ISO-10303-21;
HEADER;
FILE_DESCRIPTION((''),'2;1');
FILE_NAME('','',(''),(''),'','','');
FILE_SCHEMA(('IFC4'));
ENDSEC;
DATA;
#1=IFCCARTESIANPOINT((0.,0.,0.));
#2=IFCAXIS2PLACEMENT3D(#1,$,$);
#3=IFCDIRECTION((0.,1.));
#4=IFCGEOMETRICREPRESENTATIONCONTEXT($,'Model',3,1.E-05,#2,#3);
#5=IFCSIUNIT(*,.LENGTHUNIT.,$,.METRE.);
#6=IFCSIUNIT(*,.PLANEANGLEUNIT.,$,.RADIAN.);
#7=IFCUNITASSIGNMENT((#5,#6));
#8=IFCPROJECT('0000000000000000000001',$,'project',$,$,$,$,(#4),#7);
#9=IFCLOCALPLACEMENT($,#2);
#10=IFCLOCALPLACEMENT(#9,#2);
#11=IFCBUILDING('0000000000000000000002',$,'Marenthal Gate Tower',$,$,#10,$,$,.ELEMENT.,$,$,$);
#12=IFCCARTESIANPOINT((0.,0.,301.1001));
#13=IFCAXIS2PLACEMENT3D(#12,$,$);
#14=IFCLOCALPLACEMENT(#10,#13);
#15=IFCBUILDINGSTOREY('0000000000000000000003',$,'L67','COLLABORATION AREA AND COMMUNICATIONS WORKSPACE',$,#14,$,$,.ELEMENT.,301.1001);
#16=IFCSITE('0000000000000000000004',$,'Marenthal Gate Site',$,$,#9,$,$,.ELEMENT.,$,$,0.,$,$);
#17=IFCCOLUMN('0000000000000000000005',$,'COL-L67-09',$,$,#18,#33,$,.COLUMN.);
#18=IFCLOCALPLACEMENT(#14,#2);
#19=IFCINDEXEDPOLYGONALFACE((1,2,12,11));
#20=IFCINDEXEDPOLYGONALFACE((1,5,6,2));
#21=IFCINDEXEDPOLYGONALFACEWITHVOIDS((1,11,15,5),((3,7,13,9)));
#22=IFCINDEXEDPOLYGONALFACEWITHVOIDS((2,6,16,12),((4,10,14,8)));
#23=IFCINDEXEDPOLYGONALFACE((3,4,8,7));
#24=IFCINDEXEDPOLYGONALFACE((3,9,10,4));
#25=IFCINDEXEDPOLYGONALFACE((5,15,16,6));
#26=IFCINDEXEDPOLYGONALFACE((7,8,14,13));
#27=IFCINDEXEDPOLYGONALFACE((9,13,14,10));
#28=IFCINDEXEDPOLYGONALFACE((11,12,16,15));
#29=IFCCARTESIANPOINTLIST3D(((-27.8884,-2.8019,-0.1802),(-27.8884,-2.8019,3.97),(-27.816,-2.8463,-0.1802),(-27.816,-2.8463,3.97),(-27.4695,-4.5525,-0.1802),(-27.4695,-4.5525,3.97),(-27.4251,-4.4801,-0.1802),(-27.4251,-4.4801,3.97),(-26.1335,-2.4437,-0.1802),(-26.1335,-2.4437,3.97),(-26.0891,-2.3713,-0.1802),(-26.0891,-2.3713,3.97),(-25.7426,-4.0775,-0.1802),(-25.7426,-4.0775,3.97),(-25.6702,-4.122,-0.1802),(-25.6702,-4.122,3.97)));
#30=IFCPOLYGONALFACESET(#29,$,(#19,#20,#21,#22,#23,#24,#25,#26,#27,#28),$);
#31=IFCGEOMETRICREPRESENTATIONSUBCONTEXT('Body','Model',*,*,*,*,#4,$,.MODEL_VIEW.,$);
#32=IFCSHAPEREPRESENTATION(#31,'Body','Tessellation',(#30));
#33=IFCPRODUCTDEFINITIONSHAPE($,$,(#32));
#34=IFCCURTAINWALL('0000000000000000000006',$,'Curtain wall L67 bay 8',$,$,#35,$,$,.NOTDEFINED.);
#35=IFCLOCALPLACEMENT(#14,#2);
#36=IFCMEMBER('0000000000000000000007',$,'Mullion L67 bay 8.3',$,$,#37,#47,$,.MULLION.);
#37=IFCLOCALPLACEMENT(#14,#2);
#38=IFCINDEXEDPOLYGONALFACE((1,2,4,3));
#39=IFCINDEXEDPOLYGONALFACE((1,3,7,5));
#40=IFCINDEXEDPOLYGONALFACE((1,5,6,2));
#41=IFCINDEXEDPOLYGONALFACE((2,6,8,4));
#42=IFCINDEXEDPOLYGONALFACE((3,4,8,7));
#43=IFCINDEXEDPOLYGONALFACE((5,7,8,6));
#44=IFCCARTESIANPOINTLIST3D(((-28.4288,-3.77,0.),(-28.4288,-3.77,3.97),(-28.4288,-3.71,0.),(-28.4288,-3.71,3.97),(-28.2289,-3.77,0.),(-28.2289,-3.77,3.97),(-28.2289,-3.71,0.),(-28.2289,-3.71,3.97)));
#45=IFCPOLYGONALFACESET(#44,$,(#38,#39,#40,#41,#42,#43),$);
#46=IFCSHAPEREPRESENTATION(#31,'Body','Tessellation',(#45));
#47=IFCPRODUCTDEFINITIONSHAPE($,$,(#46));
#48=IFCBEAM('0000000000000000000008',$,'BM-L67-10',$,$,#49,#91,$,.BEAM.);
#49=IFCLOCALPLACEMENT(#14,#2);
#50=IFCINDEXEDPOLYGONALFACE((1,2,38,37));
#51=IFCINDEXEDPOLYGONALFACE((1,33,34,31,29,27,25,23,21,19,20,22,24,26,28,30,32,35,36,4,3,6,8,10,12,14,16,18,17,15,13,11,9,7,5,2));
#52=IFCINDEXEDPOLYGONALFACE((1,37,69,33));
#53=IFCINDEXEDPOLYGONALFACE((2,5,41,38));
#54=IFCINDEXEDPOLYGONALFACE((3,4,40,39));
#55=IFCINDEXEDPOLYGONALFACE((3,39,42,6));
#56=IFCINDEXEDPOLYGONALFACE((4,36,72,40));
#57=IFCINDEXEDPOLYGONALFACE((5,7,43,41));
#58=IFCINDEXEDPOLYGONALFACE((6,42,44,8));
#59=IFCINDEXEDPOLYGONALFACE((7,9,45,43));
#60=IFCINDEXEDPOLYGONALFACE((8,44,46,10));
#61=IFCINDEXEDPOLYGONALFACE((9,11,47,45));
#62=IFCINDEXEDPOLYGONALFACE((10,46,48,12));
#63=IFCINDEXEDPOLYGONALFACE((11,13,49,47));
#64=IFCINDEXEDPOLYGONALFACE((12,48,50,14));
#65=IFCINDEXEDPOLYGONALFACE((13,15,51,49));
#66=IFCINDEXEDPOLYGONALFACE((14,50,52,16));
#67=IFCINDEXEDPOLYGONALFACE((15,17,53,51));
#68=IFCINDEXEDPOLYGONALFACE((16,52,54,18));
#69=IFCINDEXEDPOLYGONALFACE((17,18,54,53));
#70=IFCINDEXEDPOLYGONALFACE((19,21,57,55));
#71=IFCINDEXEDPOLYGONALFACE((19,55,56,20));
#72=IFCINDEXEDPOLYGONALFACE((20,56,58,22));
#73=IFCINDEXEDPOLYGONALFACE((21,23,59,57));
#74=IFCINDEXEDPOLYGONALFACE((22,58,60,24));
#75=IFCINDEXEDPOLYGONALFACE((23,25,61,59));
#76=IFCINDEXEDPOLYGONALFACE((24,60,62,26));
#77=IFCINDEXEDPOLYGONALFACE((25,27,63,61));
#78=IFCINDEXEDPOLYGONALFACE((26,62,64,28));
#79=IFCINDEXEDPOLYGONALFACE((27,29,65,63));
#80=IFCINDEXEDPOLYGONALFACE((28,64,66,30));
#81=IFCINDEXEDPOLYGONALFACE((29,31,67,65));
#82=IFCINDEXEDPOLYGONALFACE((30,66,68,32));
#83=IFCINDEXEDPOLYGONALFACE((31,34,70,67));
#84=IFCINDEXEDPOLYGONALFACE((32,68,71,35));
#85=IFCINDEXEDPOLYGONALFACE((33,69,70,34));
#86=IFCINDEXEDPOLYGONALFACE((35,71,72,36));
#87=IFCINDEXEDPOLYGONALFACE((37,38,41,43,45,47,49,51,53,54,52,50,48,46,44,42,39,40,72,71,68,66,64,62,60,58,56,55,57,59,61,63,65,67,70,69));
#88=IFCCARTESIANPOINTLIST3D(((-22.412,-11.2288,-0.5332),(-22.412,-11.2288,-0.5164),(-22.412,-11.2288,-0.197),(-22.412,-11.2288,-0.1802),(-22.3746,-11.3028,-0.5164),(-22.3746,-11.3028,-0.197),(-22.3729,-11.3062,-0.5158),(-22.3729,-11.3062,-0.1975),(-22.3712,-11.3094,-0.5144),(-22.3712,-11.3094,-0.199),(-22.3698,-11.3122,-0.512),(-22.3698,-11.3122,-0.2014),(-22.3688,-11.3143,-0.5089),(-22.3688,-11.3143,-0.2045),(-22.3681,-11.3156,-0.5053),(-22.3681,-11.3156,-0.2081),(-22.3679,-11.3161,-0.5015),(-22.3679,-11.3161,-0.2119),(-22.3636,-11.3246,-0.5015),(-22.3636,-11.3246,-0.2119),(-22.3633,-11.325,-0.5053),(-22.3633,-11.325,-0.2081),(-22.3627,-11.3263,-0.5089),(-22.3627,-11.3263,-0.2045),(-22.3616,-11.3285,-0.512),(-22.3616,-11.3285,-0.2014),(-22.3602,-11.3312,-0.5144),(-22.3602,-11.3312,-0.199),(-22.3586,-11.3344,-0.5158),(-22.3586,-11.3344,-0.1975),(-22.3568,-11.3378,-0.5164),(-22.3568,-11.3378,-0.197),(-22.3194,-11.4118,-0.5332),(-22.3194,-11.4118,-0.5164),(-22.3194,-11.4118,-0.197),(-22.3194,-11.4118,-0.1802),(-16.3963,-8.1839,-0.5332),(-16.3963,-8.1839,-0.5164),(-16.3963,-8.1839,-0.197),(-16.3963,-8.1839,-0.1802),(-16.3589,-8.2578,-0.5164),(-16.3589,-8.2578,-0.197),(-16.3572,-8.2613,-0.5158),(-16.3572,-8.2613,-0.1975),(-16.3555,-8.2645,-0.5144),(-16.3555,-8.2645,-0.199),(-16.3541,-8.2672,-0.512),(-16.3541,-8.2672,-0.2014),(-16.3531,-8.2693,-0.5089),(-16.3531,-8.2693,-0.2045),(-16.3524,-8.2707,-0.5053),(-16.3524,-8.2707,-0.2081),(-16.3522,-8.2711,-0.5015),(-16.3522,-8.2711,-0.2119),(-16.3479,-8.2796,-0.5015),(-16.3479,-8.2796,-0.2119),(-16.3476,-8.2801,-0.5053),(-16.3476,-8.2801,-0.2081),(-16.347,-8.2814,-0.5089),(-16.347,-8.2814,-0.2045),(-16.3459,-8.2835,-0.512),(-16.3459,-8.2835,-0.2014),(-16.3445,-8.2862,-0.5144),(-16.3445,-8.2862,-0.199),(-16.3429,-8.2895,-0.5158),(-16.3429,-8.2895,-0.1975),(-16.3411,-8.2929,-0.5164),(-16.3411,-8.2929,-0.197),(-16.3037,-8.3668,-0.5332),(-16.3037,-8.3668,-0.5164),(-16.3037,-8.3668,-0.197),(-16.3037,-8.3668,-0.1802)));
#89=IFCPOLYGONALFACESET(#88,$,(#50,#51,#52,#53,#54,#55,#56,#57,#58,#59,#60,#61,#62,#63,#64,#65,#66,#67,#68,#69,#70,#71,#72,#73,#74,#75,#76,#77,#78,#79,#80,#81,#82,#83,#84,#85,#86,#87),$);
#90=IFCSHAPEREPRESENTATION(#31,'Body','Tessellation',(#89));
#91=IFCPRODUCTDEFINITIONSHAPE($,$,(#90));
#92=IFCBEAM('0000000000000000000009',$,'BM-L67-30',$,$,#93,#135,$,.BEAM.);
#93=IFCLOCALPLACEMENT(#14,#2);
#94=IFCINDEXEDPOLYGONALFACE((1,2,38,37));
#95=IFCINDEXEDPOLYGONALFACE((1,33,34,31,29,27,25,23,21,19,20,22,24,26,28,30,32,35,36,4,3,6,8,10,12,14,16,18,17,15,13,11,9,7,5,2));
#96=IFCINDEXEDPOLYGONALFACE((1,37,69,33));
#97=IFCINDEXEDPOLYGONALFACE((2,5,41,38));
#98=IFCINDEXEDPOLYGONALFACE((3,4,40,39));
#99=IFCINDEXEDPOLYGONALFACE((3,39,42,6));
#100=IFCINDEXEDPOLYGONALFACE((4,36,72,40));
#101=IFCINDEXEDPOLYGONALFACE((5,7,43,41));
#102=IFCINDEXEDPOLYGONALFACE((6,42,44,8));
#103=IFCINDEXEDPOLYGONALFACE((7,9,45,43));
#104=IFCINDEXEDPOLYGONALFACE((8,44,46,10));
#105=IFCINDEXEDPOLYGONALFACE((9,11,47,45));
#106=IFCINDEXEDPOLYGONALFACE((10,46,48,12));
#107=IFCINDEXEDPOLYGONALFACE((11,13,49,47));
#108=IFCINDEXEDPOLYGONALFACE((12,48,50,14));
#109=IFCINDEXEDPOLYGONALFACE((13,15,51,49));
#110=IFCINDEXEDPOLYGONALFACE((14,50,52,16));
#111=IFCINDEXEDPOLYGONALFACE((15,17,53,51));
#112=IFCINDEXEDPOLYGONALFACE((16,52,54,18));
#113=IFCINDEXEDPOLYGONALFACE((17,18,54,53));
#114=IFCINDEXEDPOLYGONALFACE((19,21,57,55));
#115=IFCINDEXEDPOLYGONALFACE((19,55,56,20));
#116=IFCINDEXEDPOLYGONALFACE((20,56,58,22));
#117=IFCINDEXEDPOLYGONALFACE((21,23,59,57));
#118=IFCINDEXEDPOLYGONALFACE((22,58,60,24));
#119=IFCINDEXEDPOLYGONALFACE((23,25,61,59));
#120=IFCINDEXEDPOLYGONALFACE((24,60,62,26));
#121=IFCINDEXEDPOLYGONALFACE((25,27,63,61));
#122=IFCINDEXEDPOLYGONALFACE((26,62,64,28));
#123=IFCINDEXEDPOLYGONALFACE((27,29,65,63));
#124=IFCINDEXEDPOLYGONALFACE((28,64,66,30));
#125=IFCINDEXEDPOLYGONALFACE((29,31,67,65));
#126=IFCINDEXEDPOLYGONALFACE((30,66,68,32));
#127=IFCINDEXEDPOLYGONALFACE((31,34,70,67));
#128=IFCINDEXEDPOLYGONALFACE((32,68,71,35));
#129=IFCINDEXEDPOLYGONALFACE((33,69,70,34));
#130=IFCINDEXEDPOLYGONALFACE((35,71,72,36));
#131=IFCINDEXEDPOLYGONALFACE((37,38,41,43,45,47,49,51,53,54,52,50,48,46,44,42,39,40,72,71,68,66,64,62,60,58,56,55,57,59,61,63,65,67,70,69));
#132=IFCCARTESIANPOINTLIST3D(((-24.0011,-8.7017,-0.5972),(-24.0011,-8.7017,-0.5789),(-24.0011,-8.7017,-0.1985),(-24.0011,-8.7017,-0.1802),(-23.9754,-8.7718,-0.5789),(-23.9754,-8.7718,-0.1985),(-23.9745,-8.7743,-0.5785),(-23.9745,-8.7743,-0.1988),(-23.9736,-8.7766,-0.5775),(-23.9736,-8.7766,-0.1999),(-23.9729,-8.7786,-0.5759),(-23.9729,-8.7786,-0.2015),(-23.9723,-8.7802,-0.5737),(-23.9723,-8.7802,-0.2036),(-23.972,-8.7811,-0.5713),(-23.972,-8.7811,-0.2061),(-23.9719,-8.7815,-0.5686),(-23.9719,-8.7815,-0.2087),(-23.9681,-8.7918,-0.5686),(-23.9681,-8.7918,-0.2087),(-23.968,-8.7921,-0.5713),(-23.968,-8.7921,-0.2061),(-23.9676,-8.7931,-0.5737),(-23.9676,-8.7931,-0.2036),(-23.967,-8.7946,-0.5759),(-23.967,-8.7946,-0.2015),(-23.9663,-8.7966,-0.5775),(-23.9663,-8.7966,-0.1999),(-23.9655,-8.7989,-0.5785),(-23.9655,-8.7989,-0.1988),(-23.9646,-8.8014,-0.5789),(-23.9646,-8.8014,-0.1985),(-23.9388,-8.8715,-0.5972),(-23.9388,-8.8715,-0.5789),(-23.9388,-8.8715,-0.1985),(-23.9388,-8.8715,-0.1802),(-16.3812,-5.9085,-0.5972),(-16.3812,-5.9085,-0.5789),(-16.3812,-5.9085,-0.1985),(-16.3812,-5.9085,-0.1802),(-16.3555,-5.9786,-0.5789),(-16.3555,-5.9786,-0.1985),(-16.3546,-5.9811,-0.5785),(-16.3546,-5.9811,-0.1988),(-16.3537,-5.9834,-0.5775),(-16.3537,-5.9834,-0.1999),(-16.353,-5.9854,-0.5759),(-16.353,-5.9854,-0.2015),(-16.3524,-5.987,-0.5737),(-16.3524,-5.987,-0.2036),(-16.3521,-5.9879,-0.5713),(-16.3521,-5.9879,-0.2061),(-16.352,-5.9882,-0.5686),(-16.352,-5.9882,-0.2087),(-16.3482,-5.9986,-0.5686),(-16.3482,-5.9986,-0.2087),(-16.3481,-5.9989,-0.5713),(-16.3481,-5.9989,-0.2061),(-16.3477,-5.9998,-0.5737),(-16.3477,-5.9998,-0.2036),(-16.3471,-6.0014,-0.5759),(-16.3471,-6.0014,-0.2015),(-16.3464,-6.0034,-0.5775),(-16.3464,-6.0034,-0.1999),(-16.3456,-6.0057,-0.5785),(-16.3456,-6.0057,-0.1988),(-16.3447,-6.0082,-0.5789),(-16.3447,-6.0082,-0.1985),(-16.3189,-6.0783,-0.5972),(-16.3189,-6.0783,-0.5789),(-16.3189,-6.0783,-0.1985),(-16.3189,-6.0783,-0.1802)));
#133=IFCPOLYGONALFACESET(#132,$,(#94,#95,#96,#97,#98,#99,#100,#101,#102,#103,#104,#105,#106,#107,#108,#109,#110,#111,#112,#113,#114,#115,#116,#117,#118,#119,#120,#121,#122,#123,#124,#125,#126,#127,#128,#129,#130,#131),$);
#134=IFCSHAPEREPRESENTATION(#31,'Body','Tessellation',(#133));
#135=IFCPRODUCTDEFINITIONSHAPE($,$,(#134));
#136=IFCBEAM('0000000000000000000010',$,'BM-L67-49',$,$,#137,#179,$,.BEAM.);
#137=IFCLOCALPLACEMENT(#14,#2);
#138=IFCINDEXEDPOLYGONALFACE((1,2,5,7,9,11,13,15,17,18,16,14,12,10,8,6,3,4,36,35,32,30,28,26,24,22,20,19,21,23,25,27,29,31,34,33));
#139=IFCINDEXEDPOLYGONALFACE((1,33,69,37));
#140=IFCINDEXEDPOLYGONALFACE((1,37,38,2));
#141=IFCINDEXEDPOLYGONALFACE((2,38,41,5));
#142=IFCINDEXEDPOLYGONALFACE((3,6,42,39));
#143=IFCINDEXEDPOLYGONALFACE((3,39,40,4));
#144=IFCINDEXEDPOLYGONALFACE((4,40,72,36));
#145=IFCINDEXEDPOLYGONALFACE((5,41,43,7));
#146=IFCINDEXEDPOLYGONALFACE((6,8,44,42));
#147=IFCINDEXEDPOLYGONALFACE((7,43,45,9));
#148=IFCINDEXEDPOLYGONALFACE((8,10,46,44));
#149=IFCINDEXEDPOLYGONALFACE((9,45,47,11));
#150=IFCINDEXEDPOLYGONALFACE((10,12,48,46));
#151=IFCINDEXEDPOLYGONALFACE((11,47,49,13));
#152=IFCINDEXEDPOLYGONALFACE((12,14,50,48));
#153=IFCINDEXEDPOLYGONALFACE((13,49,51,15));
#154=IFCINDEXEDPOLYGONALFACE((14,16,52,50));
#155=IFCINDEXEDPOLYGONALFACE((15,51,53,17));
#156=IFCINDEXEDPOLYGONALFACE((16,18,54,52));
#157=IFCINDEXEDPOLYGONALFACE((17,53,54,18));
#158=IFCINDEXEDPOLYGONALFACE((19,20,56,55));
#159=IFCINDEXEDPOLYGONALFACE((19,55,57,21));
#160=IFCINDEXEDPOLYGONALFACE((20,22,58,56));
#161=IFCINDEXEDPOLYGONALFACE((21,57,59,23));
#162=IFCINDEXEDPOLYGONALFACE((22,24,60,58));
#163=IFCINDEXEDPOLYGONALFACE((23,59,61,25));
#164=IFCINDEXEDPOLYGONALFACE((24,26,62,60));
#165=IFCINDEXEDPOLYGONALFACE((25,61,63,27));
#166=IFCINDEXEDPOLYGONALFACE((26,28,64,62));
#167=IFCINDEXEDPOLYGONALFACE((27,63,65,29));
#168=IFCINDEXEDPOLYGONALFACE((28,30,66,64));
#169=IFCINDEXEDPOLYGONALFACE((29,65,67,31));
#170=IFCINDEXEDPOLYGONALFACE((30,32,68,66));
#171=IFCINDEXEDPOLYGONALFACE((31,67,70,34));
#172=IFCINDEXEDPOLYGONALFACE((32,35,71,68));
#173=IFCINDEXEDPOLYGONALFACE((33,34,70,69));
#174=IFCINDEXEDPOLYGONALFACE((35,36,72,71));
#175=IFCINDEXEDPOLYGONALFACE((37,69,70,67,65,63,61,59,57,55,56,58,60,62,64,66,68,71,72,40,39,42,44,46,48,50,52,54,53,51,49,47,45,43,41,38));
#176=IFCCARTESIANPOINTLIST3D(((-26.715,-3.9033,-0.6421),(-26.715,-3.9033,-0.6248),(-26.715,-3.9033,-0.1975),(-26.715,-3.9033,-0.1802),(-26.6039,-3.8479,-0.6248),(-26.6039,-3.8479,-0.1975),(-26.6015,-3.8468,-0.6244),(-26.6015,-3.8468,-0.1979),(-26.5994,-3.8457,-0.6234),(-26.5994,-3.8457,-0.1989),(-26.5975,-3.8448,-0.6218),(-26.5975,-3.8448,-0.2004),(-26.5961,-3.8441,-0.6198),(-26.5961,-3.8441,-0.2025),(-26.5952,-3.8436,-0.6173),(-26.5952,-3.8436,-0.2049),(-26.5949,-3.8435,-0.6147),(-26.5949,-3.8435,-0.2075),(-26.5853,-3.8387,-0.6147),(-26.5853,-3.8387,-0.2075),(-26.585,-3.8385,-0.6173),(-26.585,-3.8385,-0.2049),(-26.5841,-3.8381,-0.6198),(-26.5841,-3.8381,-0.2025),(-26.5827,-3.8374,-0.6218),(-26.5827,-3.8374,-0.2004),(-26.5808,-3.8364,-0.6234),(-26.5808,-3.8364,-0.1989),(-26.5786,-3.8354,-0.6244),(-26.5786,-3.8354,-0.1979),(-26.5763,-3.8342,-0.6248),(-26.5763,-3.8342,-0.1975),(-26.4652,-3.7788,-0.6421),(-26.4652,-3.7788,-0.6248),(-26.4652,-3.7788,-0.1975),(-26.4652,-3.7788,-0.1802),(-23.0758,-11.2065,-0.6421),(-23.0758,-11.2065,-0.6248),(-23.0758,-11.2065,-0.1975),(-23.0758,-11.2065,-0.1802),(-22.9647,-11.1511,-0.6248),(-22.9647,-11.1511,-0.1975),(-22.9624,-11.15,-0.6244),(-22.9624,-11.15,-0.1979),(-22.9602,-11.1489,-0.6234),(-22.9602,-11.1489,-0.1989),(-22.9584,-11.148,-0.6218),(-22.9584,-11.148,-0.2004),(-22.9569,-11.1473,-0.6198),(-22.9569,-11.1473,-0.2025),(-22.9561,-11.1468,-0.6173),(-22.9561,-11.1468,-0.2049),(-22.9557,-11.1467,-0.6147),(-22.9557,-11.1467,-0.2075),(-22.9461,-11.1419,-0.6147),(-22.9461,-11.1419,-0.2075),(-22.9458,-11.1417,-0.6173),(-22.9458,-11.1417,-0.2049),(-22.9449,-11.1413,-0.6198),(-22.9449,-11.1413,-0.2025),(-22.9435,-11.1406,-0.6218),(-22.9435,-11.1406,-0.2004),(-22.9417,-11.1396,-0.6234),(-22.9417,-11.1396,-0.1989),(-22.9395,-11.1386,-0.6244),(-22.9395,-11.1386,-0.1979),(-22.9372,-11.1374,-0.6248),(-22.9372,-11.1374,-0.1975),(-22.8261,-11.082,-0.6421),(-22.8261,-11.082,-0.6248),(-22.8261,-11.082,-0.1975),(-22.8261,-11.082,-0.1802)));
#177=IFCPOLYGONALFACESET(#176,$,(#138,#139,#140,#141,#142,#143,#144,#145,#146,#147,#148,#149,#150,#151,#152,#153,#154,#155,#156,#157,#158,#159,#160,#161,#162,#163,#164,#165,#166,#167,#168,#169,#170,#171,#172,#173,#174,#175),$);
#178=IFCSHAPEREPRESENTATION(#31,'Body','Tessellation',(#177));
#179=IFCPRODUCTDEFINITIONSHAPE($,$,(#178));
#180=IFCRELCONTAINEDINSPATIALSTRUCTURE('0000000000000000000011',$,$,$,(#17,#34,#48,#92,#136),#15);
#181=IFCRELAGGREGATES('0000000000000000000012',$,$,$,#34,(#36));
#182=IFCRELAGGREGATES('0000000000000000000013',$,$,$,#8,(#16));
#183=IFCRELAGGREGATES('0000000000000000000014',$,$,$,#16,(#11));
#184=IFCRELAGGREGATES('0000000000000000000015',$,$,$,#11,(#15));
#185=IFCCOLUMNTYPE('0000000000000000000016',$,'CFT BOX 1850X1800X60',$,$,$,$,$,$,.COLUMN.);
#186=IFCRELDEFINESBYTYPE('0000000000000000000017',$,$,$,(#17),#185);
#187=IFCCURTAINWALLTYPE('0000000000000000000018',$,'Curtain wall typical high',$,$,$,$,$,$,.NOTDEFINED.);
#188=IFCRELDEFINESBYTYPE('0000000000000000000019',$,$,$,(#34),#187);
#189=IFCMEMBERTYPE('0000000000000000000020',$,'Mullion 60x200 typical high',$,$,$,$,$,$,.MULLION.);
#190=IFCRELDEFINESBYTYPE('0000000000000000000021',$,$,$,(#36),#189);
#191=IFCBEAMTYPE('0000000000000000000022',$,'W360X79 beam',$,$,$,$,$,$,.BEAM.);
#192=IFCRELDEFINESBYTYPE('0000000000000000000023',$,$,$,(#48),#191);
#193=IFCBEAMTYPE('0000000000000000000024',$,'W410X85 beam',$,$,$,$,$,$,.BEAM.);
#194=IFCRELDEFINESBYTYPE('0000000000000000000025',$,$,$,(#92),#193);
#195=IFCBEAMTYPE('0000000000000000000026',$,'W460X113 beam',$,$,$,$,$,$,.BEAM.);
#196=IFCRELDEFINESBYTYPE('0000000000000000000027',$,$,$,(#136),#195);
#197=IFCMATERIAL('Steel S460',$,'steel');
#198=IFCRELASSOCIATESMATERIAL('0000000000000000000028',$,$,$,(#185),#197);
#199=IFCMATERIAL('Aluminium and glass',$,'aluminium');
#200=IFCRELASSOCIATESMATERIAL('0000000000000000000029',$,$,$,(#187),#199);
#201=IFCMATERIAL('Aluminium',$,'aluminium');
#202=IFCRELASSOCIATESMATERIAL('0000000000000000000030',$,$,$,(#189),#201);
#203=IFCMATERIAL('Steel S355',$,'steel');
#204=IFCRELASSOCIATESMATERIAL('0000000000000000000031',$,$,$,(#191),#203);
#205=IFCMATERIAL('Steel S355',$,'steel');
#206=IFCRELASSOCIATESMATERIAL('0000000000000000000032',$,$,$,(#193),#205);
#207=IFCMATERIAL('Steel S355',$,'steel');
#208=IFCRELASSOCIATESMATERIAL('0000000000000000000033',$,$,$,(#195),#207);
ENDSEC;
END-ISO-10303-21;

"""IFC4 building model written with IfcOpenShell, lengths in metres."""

from ifc_helpers import new_model, si_unit, direction, frame, origin, origin_2d, place, context, subcontext, project, spatial, rectangle, hollow_rectangle, i_section, extrude, material, material_profile, profile_set, type_object, element, aggregate, save


model = new_model("IFC4")

# Units and contexts
model_context = context("Model", 3, precision=1e-05, world=origin(), true_north=direction((0.0, 1.0)))
body_context = subcontext(model_context, "Body", "Model", "MODEL_VIEW")
ifc_project = project(units=[si_unit("LENGTHUNIT", "METRE"), si_unit("PLANEANGLEUNIT", "RADIAN")], contexts=[model_context])

# Site, building, storey
site_placement = place(None, origin())
site = spatial("IfcSite", under=ifc_project, at=site_placement, Name="Marenthal Gate Site", CompositionType="ELEMENT", RefElevation=0.0)
building_placement = place(site_placement, origin())
building = spatial("IfcBuilding", under=site, at=building_placement, Name="Marenthal Gate Tower", CompositionType="ELEMENT")
storey_placement = place(building_placement, frame((0.0, 0.0, 301.1001)))
storey = spatial("IfcBuildingStorey", under=building, at=storey_placement, Name="L67", Description="COLLABORATION AREA AND COMMUNICATIONS WORKSPACE", CompositionType="ELEMENT", Elevation=301.1001)

# Column
ifc_material_1 = material(Name="Steel S460", Category="steel")
ifc_material_profile_1 = material_profile(ifc_material_1, hollow_rectangle(XDim=1.8, YDim=1.8501, WallThickness=0.0601, at=origin_2d()), Name="CFT BOX 1850X1800X60")
ifc_material_2 = material(Name="Concrete 70 MPa", Category="concrete")
ifc_material_profile_2 = material_profile(ifc_material_2, rectangle(XDim=1.6799, YDim=1.73, at=origin_2d()), Name="CFT BOX 1850X1800X60 INFILL")
ifc_profile_set_1 = profile_set([ifc_material_profile_1, ifc_material_profile_2], Name="Steel S460 shell, Concrete 70 MPa infill")
column_type = type_object("IfcColumnType", Name="CFT BOX 1850X1800X60", PredefinedType="COLUMN", material=ifc_profile_set_1)
column_placement = place(storey_placement, frame((-26.7793, -3.4619, -0.1802), z_axis=(0.0, 0.0, 1.0), x_axis=(-0.232716, 0.972545, 0.0)))
element("IfcColumn", 1, at=column_placement, inside=storey, type_object=column_type, Name="COL-L67-09", PredefinedType="COLUMN", context=body_context, shape_type="SweptSolid", body=[
    extrude(hollow_rectangle(XDim=1.8, YDim=1.8501, WallThickness=0.0601, at=origin_2d()), origin(), (0.0, 0.0, 1.0), 4.1501),
])

# Curtain wall, member
ifc_material_3 = material(Name="Aluminium and glass", Category="aluminium")
curtain_wall_type = type_object("IfcCurtainWallType", Name="Curtain wall typical high", PredefinedType="NOTDEFINED", material=ifc_material_3)
curtain_wall_placement = place(storey_placement, origin())
curtain_wall = element("IfcCurtainWall", 2, at=curtain_wall_placement, inside=storey, type_object=curtain_wall_type, Name="Curtain wall L67 bay 8", PredefinedType="NOTDEFINED")
ifc_material_4 = material(Name="Aluminium", Category="aluminium")
ifc_material_profile_3 = material_profile(ifc_material_4, rectangle(XDim=0.2, YDim=0.0601, at=origin_2d()), Name="60x200 aluminium mullion")
ifc_profile_set_2 = profile_set([ifc_material_profile_3], Name="Aluminium")
member_type = type_object("IfcMemberType", Name="Mullion 60x200 typical high", PredefinedType="MULLION", material=ifc_profile_set_2)
member_placement = place(storey_placement, frame((-28.3289, -3.74, 0.0), z_axis=(0.0, 0.0, 1.0), x_axis=(1.0, 0.0, 0.0)))
member = element("IfcMember", 3, at=member_placement, type_object=member_type, Name="Mullion L67 bay 8.3", PredefinedType="MULLION", context=body_context, shape_type="SweptSolid", body=[
    extrude(rectangle(XDim=0.2, YDim=0.0601, at=origin_2d()), origin(), (0.0, 0.0, 1.0), 3.97),
])

# Beams
ifc_material_5 = material(Name="Steel S355", Category="steel")
ifc_material_profile_4 = material_profile(ifc_material_5, i_section(OverallWidth=0.2051, OverallDepth=0.353, WebThickness=0.0095, FlangeThickness=0.0168, FilletRadius=0.0149, at=origin_2d()), Name="W360X79")
ifc_profile_set_3 = profile_set([ifc_material_profile_4], Name="Steel S355")
beam_type_1 = type_object("IfcBeamType", Name="W360X79 beam", PredefinedType="BEAM", material=ifc_profile_set_3)
beam_1_placement = place(storey_placement, frame((-22.3657, -11.3203, -0.3567), z_axis=(0.892215, 0.451611, 0.0), x_axis=(-0.451611, 0.892215, 0.0)))
element("IfcBeam", 4, at=beam_1_placement, inside=storey, type_object=beam_type_1, Name="BM-L67-10", PredefinedType="BEAM", context=body_context, shape_type="SweptSolid", body=[
    extrude(i_section(OverallWidth=0.2051, OverallDepth=0.353, WebThickness=0.0095, FlangeThickness=0.0168, FilletRadius=0.0149, at=origin_2d()), origin(), (0.0, 0.0, 1.0), 6.7424),
])
ifc_material_6 = material(Name="Steel S355", Category="steel")
ifc_material_profile_5 = material_profile(ifc_material_6, i_section(OverallWidth=0.1809, OverallDepth=0.417, WebThickness=0.011, FlangeThickness=0.0183, FilletRadius=0.0103, at=origin_2d()), Name="W410X85")
ifc_profile_set_4 = profile_set([ifc_material_profile_5], Name="Steel S355")
beam_type_2 = type_object("IfcBeamType", Name="W410X85 beam", PredefinedType="BEAM", material=ifc_profile_set_4)
beam_2_placement = place(storey_placement, frame((-23.97, -8.7866, -0.3887), z_axis=(0.938906, 0.344174, 0.0), x_axis=(-0.344174, 0.938906, 0.0)))
element("IfcBeam", 5, at=beam_2_placement, inside=storey, type_object=beam_type_2, Name="BM-L67-30", PredefinedType="BEAM", context=body_context, shape_type="SweptSolid", body=[
    extrude(i_section(OverallWidth=0.1809, OverallDepth=0.417, WebThickness=0.011, FlangeThickness=0.0183, FilletRadius=0.0103, at=origin_2d()), origin(), (0.0, 0.0, 1.0), 8.1157),
])
ifc_material_7 = material(Name="Steel S355", Category="steel")
ifc_material_profile_6 = material_profile(ifc_material_7, i_section(OverallWidth=0.2791, OverallDepth=0.4619, WebThickness=0.0107, FlangeThickness=0.0173, FilletRadius=0.01, at=origin_2d()), Name="W460X113")
ifc_profile_set_5 = profile_set([ifc_material_profile_6], Name="Steel S355")
beam_type_3 = type_object("IfcBeamType", Name="W460X113 beam", PredefinedType="BEAM", material=ifc_profile_set_5)
beam_3_placement = place(storey_placement, frame((-26.5901, -3.8411, -0.4111), z_axis=(0.445992, -0.895037, 0.0), x_axis=(0.895037, 0.445992, 0.0)))
element("IfcBeam", 6, at=beam_3_placement, inside=storey, type_object=beam_type_3, Name="BM-L67-49", PredefinedType="BEAM", context=body_context, shape_type="SweptSolid", body=[
    extrude(i_section(OverallWidth=0.2791, OverallDepth=0.4619, WebThickness=0.0107, FlangeThickness=0.0173, FilletRadius=0.01, at=origin_2d()), origin(), (0.0, 0.0, 1.0), 8.1597),
])

aggregate(curtain_wall, [member])

save(model, "model.ifc")
